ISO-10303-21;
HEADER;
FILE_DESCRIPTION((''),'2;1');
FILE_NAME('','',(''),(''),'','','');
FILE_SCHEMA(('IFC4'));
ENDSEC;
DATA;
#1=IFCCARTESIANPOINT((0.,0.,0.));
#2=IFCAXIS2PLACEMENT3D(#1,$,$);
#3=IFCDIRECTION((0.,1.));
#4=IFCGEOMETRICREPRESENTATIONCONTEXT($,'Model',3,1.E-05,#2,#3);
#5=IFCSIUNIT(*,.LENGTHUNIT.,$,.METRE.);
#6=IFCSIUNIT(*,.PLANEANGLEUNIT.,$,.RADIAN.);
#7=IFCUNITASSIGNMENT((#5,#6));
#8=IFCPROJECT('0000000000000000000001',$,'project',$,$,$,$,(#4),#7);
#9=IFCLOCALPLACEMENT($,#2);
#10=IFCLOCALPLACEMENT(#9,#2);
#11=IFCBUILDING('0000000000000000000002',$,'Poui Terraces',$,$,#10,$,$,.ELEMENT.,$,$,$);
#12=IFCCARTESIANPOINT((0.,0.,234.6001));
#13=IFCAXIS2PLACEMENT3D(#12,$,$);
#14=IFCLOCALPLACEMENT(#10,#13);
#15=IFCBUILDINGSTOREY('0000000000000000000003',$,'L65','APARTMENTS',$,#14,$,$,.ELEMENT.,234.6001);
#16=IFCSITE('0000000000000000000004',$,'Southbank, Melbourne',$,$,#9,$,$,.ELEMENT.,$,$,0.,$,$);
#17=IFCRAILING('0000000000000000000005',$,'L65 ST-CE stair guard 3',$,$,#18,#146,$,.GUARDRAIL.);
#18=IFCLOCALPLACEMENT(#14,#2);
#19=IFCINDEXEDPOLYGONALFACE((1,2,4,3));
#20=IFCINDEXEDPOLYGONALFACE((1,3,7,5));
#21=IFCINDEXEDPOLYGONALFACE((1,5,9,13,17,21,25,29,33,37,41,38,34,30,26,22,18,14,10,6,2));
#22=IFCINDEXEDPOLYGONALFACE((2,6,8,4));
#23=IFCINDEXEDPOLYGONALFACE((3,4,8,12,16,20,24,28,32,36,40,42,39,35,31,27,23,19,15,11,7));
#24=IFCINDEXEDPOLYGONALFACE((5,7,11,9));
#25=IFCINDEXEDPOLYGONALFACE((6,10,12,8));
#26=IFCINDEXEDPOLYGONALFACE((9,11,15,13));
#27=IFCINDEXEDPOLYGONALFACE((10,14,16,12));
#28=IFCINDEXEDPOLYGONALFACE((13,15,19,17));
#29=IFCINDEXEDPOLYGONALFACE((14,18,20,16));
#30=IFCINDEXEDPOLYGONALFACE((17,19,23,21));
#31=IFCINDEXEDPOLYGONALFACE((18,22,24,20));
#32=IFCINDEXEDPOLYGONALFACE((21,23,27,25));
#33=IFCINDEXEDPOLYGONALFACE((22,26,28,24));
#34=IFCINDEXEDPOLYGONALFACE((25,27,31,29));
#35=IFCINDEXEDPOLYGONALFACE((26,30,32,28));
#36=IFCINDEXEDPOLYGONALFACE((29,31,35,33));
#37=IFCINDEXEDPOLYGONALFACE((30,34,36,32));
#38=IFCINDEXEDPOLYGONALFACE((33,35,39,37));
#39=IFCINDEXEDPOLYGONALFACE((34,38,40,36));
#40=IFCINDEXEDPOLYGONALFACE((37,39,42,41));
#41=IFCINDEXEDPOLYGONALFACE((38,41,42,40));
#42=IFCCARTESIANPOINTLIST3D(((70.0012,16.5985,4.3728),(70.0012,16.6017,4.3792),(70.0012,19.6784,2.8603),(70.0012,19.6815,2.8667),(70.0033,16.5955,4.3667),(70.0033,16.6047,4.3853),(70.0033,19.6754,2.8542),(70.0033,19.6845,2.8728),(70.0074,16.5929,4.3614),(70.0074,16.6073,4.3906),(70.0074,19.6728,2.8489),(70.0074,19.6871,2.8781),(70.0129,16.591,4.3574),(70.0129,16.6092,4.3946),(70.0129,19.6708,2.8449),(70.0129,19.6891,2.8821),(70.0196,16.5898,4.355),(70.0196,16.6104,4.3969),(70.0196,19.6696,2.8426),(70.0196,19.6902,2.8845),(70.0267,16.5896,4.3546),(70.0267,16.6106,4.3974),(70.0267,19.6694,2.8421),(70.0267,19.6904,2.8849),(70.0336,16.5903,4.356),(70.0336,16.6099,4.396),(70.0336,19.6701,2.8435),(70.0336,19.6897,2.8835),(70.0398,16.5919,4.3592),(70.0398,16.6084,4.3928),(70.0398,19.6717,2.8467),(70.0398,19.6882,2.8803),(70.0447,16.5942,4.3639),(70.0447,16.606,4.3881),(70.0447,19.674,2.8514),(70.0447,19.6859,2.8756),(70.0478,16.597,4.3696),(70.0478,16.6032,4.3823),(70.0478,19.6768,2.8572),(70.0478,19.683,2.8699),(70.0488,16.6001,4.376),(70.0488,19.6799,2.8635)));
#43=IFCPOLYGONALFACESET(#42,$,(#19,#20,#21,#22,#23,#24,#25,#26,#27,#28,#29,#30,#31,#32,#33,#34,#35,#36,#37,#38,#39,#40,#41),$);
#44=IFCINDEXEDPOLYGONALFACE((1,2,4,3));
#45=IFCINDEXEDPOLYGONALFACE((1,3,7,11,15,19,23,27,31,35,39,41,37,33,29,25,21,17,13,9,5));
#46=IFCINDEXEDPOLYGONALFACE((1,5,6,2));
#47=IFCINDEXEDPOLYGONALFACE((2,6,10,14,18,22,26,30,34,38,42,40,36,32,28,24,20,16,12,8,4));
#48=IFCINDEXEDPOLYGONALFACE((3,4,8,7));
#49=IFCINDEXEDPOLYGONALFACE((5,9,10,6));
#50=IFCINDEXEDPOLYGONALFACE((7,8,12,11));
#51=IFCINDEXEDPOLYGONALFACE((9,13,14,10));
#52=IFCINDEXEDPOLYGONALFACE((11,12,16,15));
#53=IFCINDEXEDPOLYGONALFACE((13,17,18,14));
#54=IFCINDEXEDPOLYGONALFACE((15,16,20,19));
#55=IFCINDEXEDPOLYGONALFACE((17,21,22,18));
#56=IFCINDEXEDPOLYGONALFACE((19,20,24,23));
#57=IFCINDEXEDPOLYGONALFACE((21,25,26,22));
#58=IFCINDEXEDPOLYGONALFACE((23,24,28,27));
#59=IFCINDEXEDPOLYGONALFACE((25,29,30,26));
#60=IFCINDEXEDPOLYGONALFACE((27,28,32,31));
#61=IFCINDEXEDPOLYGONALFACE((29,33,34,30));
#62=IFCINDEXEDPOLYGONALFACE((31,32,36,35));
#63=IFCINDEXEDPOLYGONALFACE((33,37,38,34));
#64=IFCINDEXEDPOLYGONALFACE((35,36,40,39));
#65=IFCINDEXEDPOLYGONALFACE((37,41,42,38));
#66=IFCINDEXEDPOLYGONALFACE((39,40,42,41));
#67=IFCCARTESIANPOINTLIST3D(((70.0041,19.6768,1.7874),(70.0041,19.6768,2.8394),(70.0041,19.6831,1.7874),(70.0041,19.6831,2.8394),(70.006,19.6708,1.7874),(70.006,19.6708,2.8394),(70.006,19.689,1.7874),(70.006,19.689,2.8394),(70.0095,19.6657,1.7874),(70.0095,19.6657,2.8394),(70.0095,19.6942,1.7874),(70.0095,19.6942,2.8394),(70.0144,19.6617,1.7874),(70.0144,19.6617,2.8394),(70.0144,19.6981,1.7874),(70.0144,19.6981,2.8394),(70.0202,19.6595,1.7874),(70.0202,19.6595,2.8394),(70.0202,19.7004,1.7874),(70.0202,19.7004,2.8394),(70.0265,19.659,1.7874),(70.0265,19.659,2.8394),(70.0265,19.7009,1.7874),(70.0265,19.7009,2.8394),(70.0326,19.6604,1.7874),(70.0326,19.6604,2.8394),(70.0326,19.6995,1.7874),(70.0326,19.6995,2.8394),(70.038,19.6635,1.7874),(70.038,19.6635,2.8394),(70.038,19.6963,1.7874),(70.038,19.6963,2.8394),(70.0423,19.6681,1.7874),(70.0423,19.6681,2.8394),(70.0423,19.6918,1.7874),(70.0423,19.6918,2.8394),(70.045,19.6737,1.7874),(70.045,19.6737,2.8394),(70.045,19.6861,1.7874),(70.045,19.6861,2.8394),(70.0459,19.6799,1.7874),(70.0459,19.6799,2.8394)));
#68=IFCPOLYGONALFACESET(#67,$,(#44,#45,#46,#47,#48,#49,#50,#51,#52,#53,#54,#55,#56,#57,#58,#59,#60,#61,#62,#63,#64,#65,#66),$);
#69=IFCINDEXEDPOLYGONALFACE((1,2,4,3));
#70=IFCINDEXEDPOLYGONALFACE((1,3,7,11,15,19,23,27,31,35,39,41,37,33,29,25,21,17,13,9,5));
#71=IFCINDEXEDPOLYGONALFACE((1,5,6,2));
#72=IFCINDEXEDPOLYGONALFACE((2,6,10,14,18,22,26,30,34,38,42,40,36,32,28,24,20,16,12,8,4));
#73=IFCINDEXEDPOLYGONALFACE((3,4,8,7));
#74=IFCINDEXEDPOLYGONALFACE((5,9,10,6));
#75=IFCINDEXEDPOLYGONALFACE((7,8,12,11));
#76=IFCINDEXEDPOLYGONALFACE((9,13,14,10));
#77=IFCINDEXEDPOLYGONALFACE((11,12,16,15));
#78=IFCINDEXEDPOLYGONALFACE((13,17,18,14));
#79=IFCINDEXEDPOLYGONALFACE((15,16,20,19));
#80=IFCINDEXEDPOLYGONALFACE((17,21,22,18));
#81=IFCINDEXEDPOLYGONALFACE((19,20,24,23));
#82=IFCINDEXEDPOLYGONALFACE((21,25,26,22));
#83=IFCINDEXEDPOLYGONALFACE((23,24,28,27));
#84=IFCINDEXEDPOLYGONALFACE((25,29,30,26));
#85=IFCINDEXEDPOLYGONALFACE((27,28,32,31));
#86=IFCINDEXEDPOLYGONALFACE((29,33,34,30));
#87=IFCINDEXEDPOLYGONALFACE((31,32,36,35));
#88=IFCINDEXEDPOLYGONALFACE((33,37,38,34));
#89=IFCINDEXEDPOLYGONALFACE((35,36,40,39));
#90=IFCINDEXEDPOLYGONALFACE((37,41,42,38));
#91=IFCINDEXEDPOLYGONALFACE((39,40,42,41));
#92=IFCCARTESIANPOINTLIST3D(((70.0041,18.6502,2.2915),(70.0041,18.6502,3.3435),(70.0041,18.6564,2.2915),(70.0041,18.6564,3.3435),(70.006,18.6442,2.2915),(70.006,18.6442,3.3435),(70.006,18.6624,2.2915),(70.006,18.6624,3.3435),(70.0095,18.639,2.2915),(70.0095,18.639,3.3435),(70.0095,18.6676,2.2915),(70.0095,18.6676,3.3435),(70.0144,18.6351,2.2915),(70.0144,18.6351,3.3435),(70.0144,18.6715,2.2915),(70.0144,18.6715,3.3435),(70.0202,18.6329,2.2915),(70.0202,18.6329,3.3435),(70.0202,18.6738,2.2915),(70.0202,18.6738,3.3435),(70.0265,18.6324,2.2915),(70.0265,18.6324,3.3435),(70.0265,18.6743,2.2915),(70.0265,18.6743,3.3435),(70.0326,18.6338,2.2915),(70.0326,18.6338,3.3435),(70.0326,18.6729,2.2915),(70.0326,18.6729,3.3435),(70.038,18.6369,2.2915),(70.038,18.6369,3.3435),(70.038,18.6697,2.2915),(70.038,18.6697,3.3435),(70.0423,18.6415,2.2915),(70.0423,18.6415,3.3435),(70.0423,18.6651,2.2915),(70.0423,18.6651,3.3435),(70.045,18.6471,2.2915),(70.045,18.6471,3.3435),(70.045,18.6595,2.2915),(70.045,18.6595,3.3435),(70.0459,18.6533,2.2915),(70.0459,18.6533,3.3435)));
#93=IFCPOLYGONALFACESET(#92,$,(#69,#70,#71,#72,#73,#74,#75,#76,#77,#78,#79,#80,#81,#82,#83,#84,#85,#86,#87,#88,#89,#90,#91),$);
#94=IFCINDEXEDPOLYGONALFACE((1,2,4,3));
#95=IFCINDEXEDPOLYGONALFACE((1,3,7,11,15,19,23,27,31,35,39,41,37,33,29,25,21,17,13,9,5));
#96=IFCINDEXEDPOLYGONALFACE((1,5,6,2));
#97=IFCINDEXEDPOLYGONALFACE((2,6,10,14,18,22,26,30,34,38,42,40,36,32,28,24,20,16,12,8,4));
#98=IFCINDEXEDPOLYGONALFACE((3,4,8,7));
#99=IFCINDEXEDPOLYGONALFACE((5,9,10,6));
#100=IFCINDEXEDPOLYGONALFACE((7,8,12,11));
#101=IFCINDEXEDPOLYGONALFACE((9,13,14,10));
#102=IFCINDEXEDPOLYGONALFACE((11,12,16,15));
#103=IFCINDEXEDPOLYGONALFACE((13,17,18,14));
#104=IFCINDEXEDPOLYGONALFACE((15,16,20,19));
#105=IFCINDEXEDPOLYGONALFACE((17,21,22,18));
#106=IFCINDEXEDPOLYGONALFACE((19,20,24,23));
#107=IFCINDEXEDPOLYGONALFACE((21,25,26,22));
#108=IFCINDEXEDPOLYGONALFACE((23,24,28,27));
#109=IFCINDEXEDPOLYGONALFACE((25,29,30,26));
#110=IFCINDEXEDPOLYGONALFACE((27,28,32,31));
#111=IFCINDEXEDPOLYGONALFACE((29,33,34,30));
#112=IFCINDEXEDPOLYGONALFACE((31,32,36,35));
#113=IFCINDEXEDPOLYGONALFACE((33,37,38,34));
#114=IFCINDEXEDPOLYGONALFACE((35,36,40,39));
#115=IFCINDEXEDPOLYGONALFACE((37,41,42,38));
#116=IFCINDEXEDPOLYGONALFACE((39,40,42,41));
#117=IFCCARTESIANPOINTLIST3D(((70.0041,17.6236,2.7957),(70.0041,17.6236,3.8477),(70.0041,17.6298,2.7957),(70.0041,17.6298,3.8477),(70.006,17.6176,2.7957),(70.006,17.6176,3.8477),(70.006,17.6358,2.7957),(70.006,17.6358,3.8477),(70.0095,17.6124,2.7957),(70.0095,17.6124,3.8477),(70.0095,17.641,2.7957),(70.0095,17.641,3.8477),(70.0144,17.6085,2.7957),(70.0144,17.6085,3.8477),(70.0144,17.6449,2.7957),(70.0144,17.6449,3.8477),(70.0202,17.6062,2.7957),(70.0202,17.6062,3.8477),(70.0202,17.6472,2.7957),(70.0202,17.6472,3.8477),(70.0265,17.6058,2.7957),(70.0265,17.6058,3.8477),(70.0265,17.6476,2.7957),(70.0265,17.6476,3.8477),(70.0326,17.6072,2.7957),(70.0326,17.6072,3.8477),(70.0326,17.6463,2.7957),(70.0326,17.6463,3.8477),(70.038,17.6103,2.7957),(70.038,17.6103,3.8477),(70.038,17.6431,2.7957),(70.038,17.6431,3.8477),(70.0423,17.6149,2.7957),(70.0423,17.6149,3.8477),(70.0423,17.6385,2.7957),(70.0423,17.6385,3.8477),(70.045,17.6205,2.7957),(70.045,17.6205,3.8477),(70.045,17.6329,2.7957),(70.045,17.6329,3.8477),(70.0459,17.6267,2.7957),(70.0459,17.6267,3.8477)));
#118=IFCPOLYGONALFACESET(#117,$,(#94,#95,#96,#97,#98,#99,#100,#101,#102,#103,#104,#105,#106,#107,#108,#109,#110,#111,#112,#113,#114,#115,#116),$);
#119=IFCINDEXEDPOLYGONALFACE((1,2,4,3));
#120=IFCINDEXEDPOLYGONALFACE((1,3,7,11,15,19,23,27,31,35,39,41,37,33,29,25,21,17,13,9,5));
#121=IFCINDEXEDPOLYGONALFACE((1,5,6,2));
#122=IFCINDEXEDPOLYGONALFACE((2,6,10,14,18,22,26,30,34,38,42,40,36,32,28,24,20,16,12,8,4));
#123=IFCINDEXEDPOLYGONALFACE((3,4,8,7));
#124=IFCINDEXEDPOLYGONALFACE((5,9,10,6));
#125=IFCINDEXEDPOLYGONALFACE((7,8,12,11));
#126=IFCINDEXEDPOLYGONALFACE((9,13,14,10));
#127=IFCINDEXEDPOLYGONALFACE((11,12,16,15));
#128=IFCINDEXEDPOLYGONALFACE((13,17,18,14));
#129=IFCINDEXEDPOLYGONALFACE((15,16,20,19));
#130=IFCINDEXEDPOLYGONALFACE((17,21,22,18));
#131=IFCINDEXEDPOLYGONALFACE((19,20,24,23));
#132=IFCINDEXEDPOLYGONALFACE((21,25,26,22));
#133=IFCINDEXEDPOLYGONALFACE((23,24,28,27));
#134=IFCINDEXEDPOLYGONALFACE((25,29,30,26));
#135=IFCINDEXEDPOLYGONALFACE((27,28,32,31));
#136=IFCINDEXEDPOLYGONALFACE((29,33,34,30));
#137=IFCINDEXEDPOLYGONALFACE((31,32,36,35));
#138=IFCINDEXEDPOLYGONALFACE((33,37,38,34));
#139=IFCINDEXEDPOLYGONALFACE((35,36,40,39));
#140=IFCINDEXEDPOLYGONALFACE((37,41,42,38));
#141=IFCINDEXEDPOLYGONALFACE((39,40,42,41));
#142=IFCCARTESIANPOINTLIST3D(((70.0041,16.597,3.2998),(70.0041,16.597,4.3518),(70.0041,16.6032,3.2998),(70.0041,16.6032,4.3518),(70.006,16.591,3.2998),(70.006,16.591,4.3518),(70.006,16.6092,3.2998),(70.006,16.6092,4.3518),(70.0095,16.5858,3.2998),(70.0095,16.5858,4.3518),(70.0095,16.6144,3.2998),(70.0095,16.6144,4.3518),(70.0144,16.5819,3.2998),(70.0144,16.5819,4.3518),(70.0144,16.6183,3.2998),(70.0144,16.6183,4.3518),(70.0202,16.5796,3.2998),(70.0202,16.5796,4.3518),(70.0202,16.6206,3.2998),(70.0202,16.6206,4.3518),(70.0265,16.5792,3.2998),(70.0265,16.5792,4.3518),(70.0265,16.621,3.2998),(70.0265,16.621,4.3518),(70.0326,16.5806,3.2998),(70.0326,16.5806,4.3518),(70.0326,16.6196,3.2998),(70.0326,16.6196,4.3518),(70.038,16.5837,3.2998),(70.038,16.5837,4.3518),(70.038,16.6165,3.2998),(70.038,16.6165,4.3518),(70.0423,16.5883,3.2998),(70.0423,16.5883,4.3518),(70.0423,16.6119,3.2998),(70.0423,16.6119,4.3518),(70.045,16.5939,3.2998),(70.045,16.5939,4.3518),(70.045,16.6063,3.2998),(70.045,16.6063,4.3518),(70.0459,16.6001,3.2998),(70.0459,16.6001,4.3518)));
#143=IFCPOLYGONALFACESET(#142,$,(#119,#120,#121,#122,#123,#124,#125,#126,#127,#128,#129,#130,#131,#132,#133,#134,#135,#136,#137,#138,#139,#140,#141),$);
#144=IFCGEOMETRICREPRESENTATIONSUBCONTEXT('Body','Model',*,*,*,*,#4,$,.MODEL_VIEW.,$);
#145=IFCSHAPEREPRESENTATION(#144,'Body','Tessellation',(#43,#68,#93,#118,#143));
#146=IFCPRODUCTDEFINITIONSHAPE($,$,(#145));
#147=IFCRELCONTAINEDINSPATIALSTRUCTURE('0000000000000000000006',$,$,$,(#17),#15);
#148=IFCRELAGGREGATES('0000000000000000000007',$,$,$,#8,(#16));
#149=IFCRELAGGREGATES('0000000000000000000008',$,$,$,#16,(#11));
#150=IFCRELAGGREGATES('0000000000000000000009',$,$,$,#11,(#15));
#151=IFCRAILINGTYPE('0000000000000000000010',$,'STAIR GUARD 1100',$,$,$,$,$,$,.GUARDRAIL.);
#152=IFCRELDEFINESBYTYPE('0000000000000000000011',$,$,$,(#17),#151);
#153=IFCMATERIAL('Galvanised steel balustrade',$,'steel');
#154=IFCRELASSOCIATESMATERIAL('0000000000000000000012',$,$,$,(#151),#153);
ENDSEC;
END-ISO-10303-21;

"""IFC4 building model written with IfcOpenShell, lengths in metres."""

from ifc_helpers import new_model, si_unit, direction, frame, origin, origin_2d, place, context, subcontext, project, spatial, circle, extrude, material, type_object, element, save


model = new_model("IFC4")

# Units and contexts
model_context = context("Model", 3, precision=1e-05, world=origin(), true_north=direction((0.0, 1.0)))
body_context = subcontext(model_context, "Body", "Model", "MODEL_VIEW")
ifc_project = project(units=[si_unit("LENGTHUNIT", "METRE"), si_unit("PLANEANGLEUNIT", "RADIAN")], contexts=[model_context])

# Site, building, storey
site_placement = place(None, origin())
site = spatial("IfcSite", under=ifc_project, at=site_placement, Name="Southbank, Melbourne", CompositionType="ELEMENT", RefElevation=0.0)
building_placement = place(site_placement, origin())
building = spatial("IfcBuilding", under=site, at=building_placement, Name="Poui Terraces", CompositionType="ELEMENT")
storey_placement = place(building_placement, frame((0.0, 0.0, 234.6001)))
storey = spatial("IfcBuildingStorey", under=building, at=storey_placement, Name="L65", Description="APARTMENTS", CompositionType="ELEMENT", Elevation=234.6001)

# Railing
ifc_material_1 = material(Name="Galvanised steel balustrade", Category="steel")
railing_type_1 = type_object("IfcRailingType", Name="STAIR GUARD 1100", PredefinedType="GUARDRAIL", material=ifc_material_1)
railing_1_placement = place(storey_placement, frame((70.0249, 19.6799, 1.7874)))
element("IfcRailing", 1, at=railing_1_placement, inside=storey, type_object=railing_type_1, Name="L65 ST-CE stair guard 3", PredefinedType="GUARDRAIL", context=body_context, shape_type="SweptSolid", body=[
    extrude(circle(Radius=0.0239, at=origin_2d()), frame((0.0, 0.0, 1.0762), z_axis=(0.0, -0.897606, 0.440798), x_axis=(1.0, 0.0, 0.0)), (0.0, 0.0, 1.0), 3.4312),
    extrude(circle(Radius=0.021, at=origin_2d()), origin(), (0.0, 0.0, 1.0), 1.052),
    extrude(circle(Radius=0.021, at=origin_2d()), frame((0.0, -1.0266, 0.5042)), (0.0, 0.0, 1.0), 1.052),
    extrude(circle(Radius=0.021, at=origin_2d()), frame((0.0, -2.0532, 1.0083)), (0.0, 0.0, 1.0), 1.052),
    extrude(circle(Radius=0.021, at=origin_2d()), frame((0.0, -3.0798, 1.5125)), (0.0, 0.0, 1.0), 1.052),
])

save(model, "model.ifc")
